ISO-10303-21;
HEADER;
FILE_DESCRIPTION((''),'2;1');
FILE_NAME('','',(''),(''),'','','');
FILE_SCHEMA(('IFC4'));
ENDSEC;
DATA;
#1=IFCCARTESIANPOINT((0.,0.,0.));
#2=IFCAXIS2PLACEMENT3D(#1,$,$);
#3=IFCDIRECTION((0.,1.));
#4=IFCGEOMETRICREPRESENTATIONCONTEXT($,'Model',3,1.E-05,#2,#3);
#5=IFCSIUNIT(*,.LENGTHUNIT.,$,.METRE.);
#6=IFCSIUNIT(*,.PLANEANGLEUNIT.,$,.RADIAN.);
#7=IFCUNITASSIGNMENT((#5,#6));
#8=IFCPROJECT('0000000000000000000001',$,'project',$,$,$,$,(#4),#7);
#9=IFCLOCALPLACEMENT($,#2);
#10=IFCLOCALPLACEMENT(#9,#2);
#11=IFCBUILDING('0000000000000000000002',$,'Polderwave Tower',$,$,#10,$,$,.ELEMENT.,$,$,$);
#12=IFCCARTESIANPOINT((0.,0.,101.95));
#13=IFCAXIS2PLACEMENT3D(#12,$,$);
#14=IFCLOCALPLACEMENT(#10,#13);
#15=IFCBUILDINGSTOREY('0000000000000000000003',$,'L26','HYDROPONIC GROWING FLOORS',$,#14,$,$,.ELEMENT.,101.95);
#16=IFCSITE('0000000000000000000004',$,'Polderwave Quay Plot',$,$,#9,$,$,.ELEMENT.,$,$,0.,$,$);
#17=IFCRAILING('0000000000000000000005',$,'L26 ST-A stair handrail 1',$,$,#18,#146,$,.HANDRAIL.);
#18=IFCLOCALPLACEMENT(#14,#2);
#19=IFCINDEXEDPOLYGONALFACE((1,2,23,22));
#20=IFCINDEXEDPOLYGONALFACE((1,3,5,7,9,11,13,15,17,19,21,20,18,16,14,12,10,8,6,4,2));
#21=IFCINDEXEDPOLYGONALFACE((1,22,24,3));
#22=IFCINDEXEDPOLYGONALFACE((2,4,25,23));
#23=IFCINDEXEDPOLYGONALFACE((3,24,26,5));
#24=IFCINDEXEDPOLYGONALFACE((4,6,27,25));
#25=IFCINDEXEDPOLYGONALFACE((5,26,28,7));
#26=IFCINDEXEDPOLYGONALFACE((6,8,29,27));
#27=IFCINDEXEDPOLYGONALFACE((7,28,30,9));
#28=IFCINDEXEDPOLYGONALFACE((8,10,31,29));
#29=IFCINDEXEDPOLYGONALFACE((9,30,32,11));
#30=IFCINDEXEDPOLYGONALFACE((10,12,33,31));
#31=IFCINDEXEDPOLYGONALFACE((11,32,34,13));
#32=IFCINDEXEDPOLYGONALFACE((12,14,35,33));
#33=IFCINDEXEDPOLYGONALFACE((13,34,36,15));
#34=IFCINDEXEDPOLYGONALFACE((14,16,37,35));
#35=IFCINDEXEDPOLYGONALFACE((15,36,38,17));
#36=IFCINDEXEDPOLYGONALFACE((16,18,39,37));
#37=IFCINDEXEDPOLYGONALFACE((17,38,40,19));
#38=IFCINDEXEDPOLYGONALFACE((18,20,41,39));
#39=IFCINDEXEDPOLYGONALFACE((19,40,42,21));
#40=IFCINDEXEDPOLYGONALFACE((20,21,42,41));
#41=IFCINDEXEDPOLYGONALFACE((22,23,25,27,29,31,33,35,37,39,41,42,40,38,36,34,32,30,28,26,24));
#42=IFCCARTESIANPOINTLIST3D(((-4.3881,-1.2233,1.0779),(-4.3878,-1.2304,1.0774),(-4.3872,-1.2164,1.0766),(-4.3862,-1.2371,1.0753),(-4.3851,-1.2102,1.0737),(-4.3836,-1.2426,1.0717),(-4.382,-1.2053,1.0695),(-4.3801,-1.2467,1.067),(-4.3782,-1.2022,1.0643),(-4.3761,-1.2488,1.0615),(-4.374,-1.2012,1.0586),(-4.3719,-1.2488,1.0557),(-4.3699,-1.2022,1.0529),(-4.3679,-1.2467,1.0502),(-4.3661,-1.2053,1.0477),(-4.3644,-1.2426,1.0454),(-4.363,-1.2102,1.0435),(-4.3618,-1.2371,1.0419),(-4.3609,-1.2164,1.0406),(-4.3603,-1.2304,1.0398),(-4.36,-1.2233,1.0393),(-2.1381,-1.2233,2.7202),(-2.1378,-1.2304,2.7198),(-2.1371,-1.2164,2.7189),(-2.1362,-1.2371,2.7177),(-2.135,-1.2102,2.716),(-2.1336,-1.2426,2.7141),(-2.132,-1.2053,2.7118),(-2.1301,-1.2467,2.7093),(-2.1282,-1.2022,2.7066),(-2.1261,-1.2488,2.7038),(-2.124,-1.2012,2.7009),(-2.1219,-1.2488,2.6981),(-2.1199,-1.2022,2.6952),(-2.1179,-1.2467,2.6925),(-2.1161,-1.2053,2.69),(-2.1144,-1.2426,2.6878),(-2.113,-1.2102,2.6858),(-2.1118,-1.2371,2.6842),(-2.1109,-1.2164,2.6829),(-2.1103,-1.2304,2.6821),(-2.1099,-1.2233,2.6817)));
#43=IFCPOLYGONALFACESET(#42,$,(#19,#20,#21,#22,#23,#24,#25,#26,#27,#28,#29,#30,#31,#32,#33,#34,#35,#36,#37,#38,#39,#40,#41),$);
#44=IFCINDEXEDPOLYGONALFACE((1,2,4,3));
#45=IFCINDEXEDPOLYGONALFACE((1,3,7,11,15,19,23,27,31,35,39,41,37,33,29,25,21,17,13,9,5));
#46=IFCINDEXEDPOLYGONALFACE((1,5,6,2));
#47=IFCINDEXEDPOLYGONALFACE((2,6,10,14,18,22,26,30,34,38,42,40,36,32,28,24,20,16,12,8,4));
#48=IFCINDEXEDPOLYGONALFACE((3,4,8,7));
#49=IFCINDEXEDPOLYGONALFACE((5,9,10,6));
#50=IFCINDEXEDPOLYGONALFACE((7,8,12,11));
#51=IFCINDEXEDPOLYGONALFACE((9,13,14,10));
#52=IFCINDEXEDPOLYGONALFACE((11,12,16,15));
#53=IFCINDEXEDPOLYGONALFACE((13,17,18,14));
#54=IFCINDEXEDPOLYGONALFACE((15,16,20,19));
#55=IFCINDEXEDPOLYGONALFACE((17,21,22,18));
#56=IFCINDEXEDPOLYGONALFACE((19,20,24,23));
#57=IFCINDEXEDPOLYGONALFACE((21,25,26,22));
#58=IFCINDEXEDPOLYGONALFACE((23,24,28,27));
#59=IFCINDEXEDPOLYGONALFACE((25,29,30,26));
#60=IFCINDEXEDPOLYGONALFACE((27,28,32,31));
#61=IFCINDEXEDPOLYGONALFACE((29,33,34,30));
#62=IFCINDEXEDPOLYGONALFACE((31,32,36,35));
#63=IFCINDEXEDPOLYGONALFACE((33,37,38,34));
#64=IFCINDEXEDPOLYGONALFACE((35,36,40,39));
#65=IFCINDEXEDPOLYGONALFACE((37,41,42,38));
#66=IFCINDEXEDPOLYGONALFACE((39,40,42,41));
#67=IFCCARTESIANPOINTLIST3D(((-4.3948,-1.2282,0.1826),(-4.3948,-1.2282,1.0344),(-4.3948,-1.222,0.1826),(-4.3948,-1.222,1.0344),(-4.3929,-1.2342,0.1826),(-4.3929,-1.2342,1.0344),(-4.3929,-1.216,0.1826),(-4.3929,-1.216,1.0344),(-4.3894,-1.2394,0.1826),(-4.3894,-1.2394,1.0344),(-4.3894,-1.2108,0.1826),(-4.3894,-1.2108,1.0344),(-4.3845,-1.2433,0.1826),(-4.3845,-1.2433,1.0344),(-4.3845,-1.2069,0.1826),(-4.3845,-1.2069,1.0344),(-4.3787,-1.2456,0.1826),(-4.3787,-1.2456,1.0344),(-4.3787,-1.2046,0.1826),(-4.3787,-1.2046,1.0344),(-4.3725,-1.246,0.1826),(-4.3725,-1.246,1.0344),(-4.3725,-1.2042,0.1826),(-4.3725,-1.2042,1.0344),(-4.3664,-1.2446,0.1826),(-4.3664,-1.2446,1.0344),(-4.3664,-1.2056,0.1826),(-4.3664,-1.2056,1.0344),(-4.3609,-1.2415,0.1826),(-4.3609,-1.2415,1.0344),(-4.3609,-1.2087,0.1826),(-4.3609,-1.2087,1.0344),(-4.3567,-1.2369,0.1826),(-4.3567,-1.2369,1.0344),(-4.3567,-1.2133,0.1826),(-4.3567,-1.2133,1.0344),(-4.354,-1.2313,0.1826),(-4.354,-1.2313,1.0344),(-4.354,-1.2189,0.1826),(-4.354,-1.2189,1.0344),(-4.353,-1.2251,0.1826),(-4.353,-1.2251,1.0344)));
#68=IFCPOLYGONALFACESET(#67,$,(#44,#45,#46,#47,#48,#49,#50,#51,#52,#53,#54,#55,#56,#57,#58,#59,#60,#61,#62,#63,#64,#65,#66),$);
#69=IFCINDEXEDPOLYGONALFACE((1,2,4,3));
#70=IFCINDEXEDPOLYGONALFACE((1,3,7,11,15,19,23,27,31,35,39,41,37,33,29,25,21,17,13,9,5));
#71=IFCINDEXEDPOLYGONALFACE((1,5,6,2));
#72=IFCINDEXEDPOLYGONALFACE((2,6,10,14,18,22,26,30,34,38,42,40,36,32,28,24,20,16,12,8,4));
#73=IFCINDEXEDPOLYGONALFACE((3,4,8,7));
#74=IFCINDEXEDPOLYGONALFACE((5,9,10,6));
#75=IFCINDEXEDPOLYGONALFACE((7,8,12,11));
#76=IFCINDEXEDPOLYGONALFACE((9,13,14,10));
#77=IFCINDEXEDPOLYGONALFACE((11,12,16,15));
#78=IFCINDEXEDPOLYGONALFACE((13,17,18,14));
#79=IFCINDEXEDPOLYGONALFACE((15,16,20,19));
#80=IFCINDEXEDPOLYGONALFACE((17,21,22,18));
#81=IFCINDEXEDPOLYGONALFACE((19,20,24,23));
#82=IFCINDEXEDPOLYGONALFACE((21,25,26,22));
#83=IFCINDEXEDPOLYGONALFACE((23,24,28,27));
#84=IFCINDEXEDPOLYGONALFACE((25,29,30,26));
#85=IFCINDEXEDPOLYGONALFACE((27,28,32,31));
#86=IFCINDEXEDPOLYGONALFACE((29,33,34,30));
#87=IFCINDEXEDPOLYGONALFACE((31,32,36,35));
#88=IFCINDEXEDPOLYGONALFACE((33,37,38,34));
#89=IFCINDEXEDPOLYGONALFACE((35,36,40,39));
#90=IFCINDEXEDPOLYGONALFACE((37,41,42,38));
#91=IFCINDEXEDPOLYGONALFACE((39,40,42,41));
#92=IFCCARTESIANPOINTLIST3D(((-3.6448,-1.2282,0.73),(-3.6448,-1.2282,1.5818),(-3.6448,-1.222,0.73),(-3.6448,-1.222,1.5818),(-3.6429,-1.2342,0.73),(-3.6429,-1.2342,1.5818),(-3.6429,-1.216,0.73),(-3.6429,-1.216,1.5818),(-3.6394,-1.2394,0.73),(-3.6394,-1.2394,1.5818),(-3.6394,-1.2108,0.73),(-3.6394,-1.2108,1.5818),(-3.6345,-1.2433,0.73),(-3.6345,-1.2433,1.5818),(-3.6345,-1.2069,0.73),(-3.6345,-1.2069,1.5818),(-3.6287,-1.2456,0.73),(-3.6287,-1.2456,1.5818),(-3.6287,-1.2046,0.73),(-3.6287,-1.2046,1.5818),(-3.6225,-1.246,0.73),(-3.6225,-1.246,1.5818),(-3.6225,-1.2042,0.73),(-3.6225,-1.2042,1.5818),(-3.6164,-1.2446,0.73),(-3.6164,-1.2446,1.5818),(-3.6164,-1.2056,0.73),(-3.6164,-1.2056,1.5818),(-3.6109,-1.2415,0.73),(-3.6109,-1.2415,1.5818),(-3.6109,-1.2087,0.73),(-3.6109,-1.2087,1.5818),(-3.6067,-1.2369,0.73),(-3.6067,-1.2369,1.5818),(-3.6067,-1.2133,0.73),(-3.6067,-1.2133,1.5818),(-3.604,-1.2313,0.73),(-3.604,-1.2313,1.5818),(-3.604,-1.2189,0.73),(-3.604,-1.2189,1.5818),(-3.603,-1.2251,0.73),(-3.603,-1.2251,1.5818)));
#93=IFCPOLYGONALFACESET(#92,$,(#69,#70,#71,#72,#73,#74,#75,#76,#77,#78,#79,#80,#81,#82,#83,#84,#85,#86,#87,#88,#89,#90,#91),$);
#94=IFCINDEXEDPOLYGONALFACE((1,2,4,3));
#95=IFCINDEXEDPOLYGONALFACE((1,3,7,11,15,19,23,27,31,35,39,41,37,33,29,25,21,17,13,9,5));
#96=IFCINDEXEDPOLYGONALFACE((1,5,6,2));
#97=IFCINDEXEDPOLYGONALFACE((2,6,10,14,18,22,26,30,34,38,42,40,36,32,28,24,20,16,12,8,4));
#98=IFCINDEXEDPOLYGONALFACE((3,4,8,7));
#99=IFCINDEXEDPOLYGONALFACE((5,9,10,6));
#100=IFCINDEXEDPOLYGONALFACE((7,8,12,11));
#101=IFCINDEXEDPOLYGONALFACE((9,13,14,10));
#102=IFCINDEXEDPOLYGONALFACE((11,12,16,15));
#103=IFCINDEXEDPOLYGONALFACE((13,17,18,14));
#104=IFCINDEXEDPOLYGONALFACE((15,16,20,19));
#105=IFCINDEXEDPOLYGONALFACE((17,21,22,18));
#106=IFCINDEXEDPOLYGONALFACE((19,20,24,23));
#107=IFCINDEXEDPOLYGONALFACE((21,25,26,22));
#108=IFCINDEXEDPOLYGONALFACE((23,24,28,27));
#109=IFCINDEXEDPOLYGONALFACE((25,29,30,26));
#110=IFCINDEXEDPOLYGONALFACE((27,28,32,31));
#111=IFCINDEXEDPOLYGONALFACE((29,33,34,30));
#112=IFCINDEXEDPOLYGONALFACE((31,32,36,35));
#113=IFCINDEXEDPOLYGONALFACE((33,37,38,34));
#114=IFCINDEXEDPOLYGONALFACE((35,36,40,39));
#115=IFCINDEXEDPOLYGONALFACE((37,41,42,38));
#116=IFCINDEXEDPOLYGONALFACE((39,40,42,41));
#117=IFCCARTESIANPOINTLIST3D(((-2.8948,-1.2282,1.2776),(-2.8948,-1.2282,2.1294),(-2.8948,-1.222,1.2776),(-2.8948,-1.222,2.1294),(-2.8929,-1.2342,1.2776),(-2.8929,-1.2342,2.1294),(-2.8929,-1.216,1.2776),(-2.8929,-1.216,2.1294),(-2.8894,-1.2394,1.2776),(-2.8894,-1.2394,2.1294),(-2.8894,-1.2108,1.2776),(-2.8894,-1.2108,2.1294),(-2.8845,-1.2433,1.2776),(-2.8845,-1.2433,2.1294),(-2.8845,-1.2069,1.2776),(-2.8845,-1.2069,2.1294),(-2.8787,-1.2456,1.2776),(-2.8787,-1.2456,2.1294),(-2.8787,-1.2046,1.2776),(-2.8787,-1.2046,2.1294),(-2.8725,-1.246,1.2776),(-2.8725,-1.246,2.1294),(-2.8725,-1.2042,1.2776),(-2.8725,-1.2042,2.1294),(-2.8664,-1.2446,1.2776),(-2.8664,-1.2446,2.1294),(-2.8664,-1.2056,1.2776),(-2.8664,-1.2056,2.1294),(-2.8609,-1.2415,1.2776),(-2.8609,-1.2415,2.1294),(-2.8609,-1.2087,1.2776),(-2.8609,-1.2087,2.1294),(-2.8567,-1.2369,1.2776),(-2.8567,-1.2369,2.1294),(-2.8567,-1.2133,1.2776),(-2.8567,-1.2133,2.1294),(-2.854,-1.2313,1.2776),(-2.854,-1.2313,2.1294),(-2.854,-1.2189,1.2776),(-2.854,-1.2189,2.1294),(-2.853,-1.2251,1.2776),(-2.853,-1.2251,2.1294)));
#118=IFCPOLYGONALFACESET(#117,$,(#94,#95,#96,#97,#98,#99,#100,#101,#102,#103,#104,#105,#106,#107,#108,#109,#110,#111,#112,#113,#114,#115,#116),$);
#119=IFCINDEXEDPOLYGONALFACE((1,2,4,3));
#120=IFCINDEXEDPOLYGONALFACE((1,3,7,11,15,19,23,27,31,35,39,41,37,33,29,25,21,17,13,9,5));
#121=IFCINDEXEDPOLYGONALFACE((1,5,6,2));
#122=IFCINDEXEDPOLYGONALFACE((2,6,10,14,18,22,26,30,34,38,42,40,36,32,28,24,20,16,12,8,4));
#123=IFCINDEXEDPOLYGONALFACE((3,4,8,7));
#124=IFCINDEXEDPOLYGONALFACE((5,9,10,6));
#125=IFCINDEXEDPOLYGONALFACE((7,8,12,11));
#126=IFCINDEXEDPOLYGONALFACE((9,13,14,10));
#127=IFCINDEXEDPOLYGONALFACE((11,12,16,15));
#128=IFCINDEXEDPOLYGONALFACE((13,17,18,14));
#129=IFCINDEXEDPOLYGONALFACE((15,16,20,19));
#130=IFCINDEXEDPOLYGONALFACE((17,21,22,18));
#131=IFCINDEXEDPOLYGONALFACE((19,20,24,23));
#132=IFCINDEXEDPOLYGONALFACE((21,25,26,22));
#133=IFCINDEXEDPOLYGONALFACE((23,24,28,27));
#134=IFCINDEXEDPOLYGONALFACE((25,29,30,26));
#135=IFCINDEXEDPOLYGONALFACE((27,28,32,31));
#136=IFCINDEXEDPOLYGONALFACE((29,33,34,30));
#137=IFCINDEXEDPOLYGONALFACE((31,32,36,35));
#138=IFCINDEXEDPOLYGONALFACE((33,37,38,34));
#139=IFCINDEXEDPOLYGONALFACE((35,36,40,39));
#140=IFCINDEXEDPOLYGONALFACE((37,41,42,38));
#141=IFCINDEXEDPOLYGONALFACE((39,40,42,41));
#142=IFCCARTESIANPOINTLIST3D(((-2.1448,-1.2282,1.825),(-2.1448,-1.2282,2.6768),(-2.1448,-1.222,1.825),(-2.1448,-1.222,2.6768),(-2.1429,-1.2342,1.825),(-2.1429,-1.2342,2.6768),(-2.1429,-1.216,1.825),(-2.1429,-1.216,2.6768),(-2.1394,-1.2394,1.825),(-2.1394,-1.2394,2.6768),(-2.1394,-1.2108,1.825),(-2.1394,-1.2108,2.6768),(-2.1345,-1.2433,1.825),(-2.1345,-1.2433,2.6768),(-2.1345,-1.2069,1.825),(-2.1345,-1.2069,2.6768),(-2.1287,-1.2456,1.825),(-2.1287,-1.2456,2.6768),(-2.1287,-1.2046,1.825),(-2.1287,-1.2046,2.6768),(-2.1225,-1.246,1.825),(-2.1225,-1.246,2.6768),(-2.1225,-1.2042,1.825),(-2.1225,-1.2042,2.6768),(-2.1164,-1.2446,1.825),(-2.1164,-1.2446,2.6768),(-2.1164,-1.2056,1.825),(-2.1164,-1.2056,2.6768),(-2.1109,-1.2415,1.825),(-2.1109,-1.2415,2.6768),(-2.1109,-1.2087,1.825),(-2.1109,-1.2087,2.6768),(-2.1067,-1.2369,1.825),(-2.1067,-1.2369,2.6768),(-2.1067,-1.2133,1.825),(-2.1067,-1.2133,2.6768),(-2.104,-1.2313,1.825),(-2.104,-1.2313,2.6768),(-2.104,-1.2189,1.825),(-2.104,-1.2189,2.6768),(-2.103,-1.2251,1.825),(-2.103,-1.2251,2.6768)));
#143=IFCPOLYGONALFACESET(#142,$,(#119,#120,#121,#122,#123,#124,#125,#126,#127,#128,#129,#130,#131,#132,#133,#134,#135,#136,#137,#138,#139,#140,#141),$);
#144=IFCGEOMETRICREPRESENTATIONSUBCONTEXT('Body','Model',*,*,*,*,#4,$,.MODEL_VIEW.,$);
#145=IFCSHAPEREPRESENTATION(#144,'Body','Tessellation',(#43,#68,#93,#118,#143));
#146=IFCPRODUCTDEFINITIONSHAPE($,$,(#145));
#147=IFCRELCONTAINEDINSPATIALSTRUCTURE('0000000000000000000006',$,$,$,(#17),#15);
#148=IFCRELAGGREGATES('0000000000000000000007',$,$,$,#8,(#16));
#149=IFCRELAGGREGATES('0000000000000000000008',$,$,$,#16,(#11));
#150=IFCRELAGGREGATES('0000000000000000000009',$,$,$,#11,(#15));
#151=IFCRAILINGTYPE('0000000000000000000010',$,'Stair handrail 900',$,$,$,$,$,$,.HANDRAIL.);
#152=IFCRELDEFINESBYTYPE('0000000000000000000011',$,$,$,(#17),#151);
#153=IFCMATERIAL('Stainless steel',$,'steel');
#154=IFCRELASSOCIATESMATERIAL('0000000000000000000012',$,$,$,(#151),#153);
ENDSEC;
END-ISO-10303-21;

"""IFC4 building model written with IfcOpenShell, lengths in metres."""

from ifc_helpers import new_model, si_unit, direction, frame, origin, origin_2d, place, context, subcontext, project, spatial, circle, extrude, material, type_object, element, save


model = new_model("IFC4")

# Units and contexts
model_context = context("Model", 3, precision=1e-05, world=origin(), true_north=direction((0.0, 1.0)))
body_context = subcontext(model_context, "Body", "Model", "MODEL_VIEW")
ifc_project = project(units=[si_unit("LENGTHUNIT", "METRE"), si_unit("PLANEANGLEUNIT", "RADIAN")], contexts=[model_context])

# Site, building, storey
site_placement = place(None, origin())
site = spatial("IfcSite", under=ifc_project, at=site_placement, Name="Polderwave Quay Plot", CompositionType="ELEMENT", RefElevation=0.0)
building_placement = place(site_placement, origin())
building = spatial("IfcBuilding", under=site, at=building_placement, Name="Polderwave Tower", CompositionType="ELEMENT")
storey_placement = place(building_placement, frame((0.0, 0.0, 101.95)))
storey = spatial("IfcBuildingStorey", under=building, at=storey_placement, Name="L26", Description="HYDROPONIC GROWING FLOORS", CompositionType="ELEMENT", Elevation=101.95)

# Railing
ifc_material_1 = material(Name="Stainless steel", Category="steel")
railing_type_1 = type_object("IfcRailingType", Name="Stair handrail 900", PredefinedType="HANDRAIL", material=ifc_material_1)
railing_1_placement = place(storey_placement, frame((-4.374, -1.2251, 0.1826)))
element("IfcRailing", 1, at=railing_1_placement, inside=storey, type_object=railing_type_1, Name="L26 ST-A stair handrail 1", PredefinedType="HANDRAIL", context=body_context, shape_type="SweptSolid", body=[
    extrude(circle(Radius=0.0239, at=origin_2d()), frame((0.0, 0.0, 0.876), z_axis=(0.807715, 0.0, 0.589573), x_axis=(0.0, 1.0, 0.0)), (0.0, 0.0, 1.0), 2.7856),
    extrude(circle(Radius=0.021, at=origin_2d()), origin(), (0.0, 0.0, 1.0), 0.8518),
    extrude(circle(Radius=0.021, at=origin_2d()), frame((0.75, 0.0, 0.5474)), (0.0, 0.0, 1.0), 0.8518),
    extrude(circle(Radius=0.021, at=origin_2d()), frame((1.5, 0.0, 1.095)), (0.0, 0.0, 1.0), 0.8518),
    extrude(circle(Radius=0.021, at=origin_2d()), frame((2.25, 0.0, 1.6423)), (0.0, 0.0, 1.0), 0.8518),
])

save(model, "model.ifc")
